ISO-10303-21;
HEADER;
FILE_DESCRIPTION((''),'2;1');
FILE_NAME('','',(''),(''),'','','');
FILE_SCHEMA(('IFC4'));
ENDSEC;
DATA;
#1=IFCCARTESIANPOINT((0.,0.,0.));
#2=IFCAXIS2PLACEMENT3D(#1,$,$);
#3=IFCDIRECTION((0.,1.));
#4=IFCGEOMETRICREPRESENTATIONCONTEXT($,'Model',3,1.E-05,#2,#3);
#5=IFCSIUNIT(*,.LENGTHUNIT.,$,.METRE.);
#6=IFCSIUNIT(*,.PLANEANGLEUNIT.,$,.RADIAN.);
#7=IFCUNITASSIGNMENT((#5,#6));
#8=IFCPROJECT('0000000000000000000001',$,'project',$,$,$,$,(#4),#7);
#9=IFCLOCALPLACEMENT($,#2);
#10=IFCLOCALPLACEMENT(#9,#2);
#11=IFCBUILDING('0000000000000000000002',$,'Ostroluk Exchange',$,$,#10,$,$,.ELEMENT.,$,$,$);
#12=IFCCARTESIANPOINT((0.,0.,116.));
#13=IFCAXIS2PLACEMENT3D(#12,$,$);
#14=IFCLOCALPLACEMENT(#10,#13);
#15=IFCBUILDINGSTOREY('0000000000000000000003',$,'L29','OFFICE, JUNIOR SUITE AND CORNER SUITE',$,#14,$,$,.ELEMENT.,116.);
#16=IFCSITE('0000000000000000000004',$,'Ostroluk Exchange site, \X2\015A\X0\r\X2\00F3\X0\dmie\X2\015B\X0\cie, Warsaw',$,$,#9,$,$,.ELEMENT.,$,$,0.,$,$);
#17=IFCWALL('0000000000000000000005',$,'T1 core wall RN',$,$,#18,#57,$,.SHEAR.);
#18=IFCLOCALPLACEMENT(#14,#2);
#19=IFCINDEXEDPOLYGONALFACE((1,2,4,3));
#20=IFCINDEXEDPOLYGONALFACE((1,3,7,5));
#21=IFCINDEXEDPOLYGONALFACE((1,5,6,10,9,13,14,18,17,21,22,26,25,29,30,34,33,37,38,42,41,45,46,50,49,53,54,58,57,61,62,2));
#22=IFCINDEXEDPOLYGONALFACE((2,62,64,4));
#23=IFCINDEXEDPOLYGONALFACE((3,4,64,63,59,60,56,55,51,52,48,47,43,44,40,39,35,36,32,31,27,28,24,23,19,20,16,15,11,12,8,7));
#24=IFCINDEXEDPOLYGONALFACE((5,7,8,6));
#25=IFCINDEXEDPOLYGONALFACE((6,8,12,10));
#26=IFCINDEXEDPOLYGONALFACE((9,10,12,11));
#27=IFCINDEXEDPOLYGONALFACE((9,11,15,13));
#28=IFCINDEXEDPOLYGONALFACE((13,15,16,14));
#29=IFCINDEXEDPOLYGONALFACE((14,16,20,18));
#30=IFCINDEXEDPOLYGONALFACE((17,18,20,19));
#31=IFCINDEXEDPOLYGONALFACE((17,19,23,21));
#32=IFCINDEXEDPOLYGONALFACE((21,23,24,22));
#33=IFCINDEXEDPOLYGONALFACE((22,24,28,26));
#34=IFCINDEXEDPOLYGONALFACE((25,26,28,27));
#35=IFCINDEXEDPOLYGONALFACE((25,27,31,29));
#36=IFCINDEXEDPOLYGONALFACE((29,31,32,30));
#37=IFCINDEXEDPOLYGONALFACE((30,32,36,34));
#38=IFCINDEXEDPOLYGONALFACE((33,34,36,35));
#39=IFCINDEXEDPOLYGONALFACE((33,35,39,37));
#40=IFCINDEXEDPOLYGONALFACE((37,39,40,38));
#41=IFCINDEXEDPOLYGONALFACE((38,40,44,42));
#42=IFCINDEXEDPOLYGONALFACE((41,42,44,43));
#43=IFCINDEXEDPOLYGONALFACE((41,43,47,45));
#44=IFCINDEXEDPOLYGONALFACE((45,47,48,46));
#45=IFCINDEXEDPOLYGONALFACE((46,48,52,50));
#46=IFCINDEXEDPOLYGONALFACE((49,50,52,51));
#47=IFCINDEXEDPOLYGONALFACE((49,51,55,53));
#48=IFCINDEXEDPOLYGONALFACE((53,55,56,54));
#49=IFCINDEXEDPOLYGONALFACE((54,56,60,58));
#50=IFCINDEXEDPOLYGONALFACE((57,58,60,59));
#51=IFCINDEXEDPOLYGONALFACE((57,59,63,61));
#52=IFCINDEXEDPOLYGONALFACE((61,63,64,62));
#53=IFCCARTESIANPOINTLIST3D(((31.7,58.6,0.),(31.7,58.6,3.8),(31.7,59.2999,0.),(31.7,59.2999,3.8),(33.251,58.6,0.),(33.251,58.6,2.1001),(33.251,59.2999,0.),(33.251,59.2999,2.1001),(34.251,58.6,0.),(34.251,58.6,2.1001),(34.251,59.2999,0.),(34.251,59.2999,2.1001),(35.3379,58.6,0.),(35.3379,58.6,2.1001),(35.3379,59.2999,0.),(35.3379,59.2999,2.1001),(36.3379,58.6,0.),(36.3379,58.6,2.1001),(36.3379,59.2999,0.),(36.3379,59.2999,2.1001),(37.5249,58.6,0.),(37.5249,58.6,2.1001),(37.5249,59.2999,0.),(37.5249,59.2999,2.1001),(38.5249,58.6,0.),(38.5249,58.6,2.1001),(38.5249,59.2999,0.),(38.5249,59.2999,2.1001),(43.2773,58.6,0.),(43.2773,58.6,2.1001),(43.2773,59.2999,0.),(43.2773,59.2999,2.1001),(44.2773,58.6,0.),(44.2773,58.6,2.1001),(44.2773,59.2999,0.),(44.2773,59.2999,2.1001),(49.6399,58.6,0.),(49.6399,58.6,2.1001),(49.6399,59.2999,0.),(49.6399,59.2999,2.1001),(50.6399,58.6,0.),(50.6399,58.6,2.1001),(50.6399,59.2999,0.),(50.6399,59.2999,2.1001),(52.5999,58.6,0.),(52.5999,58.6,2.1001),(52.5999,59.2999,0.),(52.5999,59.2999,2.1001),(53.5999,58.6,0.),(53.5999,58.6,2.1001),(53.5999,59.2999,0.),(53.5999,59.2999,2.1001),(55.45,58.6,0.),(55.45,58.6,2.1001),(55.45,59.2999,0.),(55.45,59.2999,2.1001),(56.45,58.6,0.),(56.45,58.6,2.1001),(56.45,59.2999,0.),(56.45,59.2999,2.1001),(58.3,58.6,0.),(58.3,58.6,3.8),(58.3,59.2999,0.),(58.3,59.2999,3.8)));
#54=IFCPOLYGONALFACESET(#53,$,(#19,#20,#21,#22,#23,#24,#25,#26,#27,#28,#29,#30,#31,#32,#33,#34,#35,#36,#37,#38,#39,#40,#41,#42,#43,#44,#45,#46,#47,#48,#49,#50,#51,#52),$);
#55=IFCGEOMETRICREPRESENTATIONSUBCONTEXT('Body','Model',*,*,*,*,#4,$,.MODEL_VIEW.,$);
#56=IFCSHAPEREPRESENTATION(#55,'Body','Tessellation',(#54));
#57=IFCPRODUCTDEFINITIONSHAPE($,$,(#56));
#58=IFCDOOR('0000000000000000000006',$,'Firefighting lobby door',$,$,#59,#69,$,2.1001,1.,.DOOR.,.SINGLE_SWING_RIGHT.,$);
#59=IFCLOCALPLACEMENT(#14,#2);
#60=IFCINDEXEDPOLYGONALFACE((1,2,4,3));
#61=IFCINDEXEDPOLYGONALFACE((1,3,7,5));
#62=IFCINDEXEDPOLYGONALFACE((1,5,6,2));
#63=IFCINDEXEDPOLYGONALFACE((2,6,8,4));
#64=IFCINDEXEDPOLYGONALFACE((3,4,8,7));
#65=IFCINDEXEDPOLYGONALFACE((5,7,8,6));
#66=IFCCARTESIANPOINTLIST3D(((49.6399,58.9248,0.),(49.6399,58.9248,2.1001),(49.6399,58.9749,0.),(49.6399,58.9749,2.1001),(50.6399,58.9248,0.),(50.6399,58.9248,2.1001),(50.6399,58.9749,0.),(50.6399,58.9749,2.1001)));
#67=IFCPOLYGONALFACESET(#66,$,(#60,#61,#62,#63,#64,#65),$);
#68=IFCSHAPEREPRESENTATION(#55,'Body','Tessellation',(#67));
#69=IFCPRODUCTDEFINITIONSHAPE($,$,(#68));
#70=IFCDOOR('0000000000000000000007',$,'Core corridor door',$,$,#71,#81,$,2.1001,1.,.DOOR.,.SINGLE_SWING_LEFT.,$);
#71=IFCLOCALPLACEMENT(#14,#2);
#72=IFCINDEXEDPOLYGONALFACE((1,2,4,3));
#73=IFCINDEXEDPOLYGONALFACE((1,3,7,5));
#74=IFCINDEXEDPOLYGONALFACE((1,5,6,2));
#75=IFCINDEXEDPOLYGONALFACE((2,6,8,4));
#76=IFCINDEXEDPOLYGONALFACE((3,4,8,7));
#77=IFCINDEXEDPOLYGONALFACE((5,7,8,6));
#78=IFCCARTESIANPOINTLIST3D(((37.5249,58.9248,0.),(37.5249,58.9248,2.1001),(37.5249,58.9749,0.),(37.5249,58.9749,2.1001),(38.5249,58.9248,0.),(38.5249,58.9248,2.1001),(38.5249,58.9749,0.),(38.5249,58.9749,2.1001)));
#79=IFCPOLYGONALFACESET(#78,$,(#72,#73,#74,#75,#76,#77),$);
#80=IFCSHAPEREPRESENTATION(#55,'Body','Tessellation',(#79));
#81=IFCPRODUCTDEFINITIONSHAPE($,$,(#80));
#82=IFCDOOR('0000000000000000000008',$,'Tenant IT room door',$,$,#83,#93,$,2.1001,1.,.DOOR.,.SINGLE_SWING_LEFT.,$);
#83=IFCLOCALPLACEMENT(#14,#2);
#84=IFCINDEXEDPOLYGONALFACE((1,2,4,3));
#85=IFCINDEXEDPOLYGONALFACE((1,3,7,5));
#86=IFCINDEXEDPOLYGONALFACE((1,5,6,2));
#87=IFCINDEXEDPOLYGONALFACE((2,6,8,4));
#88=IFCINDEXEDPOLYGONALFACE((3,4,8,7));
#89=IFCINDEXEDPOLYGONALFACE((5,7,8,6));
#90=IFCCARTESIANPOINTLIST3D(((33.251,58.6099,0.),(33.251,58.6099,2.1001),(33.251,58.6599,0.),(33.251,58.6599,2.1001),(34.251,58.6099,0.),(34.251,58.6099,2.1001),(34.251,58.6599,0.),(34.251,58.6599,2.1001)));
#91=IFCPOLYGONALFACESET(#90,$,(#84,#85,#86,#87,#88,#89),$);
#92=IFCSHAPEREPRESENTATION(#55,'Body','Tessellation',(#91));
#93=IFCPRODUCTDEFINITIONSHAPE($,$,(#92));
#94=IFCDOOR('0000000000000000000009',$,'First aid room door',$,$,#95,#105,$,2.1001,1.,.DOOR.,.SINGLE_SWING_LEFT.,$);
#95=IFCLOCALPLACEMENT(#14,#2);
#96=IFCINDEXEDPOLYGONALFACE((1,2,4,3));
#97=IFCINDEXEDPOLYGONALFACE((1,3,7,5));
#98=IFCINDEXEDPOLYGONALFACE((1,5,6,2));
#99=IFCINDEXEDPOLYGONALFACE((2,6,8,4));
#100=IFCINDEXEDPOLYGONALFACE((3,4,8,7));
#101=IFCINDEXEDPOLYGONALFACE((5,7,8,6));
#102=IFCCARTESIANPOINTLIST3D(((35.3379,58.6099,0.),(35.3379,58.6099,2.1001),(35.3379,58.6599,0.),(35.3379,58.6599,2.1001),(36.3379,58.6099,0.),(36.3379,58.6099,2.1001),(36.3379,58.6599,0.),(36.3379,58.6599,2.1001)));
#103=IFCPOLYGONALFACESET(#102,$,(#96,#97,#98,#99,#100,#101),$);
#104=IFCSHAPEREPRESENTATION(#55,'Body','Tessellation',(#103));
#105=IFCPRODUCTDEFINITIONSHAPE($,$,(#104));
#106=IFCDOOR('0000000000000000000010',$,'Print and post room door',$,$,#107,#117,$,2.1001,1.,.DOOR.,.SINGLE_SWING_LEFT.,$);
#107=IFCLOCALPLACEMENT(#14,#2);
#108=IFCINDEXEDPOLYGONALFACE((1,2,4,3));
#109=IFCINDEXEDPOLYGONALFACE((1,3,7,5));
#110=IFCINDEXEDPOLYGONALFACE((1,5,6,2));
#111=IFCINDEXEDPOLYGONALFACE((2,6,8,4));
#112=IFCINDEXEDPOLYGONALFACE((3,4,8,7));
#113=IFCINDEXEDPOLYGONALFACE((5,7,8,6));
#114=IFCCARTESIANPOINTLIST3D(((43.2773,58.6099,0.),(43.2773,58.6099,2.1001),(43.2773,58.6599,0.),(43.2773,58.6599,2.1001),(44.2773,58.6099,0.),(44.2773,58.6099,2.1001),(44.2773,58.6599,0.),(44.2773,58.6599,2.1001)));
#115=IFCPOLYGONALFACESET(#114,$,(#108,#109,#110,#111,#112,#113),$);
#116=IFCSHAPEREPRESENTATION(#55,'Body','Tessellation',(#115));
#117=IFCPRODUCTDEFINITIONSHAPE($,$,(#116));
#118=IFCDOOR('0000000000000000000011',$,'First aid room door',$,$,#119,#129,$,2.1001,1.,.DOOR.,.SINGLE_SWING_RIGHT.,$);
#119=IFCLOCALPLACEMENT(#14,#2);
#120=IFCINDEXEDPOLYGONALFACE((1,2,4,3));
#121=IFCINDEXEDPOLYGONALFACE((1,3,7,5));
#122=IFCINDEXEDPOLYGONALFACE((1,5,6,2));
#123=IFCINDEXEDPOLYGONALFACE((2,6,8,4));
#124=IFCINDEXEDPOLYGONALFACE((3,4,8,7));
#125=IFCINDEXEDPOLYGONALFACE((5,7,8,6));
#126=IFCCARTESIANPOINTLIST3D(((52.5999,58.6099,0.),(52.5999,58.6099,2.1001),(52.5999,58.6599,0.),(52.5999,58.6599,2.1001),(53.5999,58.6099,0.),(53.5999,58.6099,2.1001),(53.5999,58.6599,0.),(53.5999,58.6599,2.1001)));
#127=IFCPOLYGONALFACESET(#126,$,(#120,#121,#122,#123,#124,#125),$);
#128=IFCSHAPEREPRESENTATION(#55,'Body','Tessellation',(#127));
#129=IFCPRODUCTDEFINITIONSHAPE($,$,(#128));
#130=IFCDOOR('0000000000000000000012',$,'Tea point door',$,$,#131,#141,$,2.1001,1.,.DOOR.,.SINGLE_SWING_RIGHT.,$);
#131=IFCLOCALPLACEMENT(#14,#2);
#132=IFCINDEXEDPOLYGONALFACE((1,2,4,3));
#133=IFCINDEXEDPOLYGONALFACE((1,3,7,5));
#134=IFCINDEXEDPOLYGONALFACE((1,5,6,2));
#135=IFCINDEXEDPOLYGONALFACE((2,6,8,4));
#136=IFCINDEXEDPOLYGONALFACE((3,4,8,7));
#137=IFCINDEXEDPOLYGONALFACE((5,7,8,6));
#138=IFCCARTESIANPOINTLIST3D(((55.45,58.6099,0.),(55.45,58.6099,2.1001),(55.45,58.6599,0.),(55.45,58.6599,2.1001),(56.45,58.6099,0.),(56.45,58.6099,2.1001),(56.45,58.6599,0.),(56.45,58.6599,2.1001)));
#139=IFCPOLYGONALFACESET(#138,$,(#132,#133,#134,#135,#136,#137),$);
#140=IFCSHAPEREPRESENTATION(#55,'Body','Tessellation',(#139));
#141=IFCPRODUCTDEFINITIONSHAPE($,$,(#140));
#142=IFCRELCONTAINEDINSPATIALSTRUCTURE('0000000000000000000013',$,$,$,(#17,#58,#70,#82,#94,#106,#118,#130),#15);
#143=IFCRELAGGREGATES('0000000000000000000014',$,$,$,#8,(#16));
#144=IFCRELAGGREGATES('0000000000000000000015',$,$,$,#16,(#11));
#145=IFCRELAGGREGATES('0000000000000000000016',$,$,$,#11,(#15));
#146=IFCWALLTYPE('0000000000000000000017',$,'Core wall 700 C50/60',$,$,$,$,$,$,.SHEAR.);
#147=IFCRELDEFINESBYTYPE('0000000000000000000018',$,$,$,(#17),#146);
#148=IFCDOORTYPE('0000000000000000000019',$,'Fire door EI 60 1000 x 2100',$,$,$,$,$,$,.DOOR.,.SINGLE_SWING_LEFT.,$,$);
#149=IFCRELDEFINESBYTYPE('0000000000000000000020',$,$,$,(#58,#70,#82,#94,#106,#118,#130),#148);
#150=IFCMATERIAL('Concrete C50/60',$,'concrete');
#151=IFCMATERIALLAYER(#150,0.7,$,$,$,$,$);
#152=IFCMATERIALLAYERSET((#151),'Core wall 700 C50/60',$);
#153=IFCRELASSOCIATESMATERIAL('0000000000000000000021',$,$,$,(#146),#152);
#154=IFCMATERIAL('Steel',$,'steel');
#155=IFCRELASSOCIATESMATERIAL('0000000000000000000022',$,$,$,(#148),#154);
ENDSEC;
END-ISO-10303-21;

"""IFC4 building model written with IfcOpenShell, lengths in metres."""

from ifc_helpers import new_model, si_unit, direction, frame, frame_2d, origin, place, context, subcontext, project, spatial, rectangle, extrude, material, layer, layer_set, type_object, element, fill, save


model = new_model("IFC4")

# Units and contexts
model_context = context("Model", 3, precision=1e-05, world=origin(), true_north=direction((0.0, 1.0)))
body_context = subcontext(model_context, "Body", "Model", "MODEL_VIEW")
ifc_project = project(units=[si_unit("LENGTHUNIT", "METRE"), si_unit("PLANEANGLEUNIT", "RADIAN")], contexts=[model_context])

# Site, building, storey
site_placement = place(None, origin())
site = spatial("IfcSite", under=ifc_project, at=site_placement, Name="Ostroluk Exchange site, Śródmieście, Warsaw", CompositionType="ELEMENT", RefElevation=0.0)
building_placement = place(site_placement, origin())
building = spatial("IfcBuilding", under=site, at=building_placement, Name="Ostroluk Exchange", CompositionType="ELEMENT")
storey_placement = place(building_placement, frame((0.0, 0.0, 116.0)))
storey = spatial("IfcBuildingStorey", under=building, at=storey_placement, Name="L29", Description="OFFICE, JUNIOR SUITE AND CORNER SUITE", CompositionType="ELEMENT", Elevation=116.0)

# Wall, openings, doors
ifc_material_1 = material(Name="Concrete C50/60", Category="concrete")
ifc_layer_1 = layer(ifc_material_1, 0.7)
ifc_layer_set_1 = layer_set([ifc_layer_1], Name="Core wall 700 C50/60")
wall_type_1 = type_object("IfcWallType", Name="Core wall 700 C50/60", PredefinedType="SHEAR", material=ifc_layer_set_1)
wall_1_placement = place(storey_placement, frame((31.7, 58.95, 0.0), z_axis=(0.0, 0.0, 1.0), x_axis=(1.0, 0.0, 0.0)))
wall_1 = element("IfcWall", 1, at=wall_1_placement, inside=storey, type_object=wall_type_1, Name="T1 core wall RN", PredefinedType="SHEAR", context=body_context, shape_type="SweptSolid", body=[
    extrude(rectangle(XDim=26.6001, YDim=0.7, at=frame_2d((13.3, 0.0))), origin(), (0.0, 0.0, 1.0), 3.8),
])
opening_1_placement = place(wall_1_placement, frame((17.9399, 0.0, 0.0)))
opening_1 = element("IfcOpeningElement", 2, at=opening_1_placement, cuts=wall_1, PredefinedType="OPENING", context=body_context, shape_type="SweptSolid", body=[
    extrude(rectangle(XDim=1.0, YDim=2.1001, at=frame_2d((0.5, 1.05))), frame((0.0, 0.3599, 0.0), z_axis=(0.0, -1.0, 0.0), x_axis=(1.0, 0.0, 0.0)), (0.0, 0.0, 1.0), 0.72),
])
opening_2_placement = place(wall_1_placement, frame((5.825, 0.0, 0.0)))
opening_2 = element("IfcOpeningElement", 3, at=opening_2_placement, cuts=wall_1, PredefinedType="OPENING", context=body_context, shape_type="SweptSolid", body=[
    extrude(rectangle(XDim=1.0, YDim=2.1001, at=frame_2d((0.5, 1.05))), frame((0.0, 0.3599, 0.0), z_axis=(0.0, -1.0, 0.0), x_axis=(1.0, 0.0, 0.0)), (0.0, 0.0, 1.0), 0.72),
])
opening_3_placement = place(wall_1_placement, frame((1.551, 0.0, 0.0)))
opening_3 = element("IfcOpeningElement", 4, at=opening_3_placement, cuts=wall_1, PredefinedType="OPENING", context=body_context, shape_type="SweptSolid", body=[
    extrude(rectangle(XDim=1.0, YDim=2.1001, at=frame_2d((0.5, 1.05))), frame((0.0, 0.3599, 0.0), z_axis=(0.0, -1.0, 0.0), x_axis=(1.0, 0.0, 0.0)), (0.0, 0.0, 1.0), 0.72),
])
opening_4_placement = place(wall_1_placement, frame((3.6379, 0.0, 0.0)))
opening_4 = element("IfcOpeningElement", 5, at=opening_4_placement, cuts=wall_1, PredefinedType="OPENING", context=body_context, shape_type="SweptSolid", body=[
    extrude(rectangle(XDim=1.0, YDim=2.1001, at=frame_2d((0.5, 1.05))), frame((0.0, 0.3599, 0.0), z_axis=(0.0, -1.0, 0.0), x_axis=(1.0, 0.0, 0.0)), (0.0, 0.0, 1.0), 0.72),
])
opening_5_placement = place(wall_1_placement, frame((11.5774, 0.0, 0.0)))
opening_5 = element("IfcOpeningElement", 6, at=opening_5_placement, cuts=wall_1, PredefinedType="OPENING", context=body_context, shape_type="SweptSolid", body=[
    extrude(rectangle(XDim=1.0, YDim=2.1001, at=frame_2d((0.5, 1.05))), frame((0.0, 0.3599, 0.0), z_axis=(0.0, -1.0, 0.0), x_axis=(1.0, 0.0, 0.0)), (0.0, 0.0, 1.0), 0.72),
])
opening_6_placement = place(wall_1_placement, frame((20.8999, 0.0, 0.0)))
opening_6 = element("IfcOpeningElement", 7, at=opening_6_placement, cuts=wall_1, PredefinedType="OPENING", context=body_context, shape_type="SweptSolid", body=[
    extrude(rectangle(XDim=1.0, YDim=2.1001, at=frame_2d((0.5, 1.05))), frame((0.0, 0.3599, 0.0), z_axis=(0.0, -1.0, 0.0), x_axis=(1.0, 0.0, 0.0)), (0.0, 0.0, 1.0), 0.72),
])
opening_7_placement = place(wall_1_placement, frame((23.75, 0.0, 0.0)))
opening_7 = element("IfcOpeningElement", 8, at=opening_7_placement, cuts=wall_1, PredefinedType="OPENING", context=body_context, shape_type="SweptSolid", body=[
    extrude(rectangle(XDim=1.0, YDim=2.1001, at=frame_2d((0.5, 1.05))), frame((0.0, 0.3599, 0.0), z_axis=(0.0, -1.0, 0.0), x_axis=(1.0, 0.0, 0.0)), (0.0, 0.0, 1.0), 0.72),
])
ifc_material_2 = material(Name="Steel", Category="steel")
door_type_1 = type_object("IfcDoorType", Name="Fire door EI 60 1000 x 2100", OperationType="SINGLE_SWING_LEFT", PredefinedType="DOOR", material=ifc_material_2)
door_1_placement = place(opening_1_placement, origin())
door_1 = element("IfcDoor", 9, at=door_1_placement, inside=storey, type_object=door_type_1, Name="Firefighting lobby door", OperationType="SINGLE_SWING_RIGHT", OverallHeight=2.1001, OverallWidth=1.0, PredefinedType="DOOR", context=body_context, shape_type="SweptSolid", body=[
    extrude(rectangle(XDim=1.0, YDim=2.1001, at=frame_2d((0.5, 1.05))), frame((0.0, 0.0249, 0.0), z_axis=(0.0, -1.0, 0.0), x_axis=(1.0, 0.0, 0.0)), (0.0, 0.0, 1.0), 0.05),
])
fill(opening_1, door_1)
door_2_placement = place(opening_2_placement, origin())
door_2 = element("IfcDoor", 10, at=door_2_placement, inside=storey, type_object=door_type_1, Name="Core corridor door", OperationType="SINGLE_SWING_LEFT", OverallHeight=2.1001, OverallWidth=1.0, PredefinedType="DOOR", context=body_context, shape_type="SweptSolid", body=[
    extrude(rectangle(XDim=1.0, YDim=2.1001, at=frame_2d((0.5, 1.05))), frame((0.0, 0.0249, 0.0), z_axis=(0.0, -1.0, 0.0), x_axis=(1.0, 0.0, 0.0)), (0.0, 0.0, 1.0), 0.05),
])
fill(opening_2, door_2)
door_3_placement = place(opening_3_placement, origin())
door_3 = element("IfcDoor", 11, at=door_3_placement, inside=storey, type_object=door_type_1, Name="Tenant IT room door", OperationType="SINGLE_SWING_LEFT", OverallHeight=2.1001, OverallWidth=1.0, PredefinedType="DOOR", context=body_context, shape_type="SweptSolid", body=[
    extrude(rectangle(XDim=1.0, YDim=2.1001, at=frame_2d((0.5, 1.05))), frame((0.0, -0.29, 0.0), z_axis=(0.0, -1.0, 0.0), x_axis=(1.0, 0.0, 0.0)), (0.0, 0.0, 1.0), 0.05),
])
fill(opening_3, door_3)
door_4_placement = place(opening_4_placement, origin())
door_4 = element("IfcDoor", 12, at=door_4_placement, inside=storey, type_object=door_type_1, Name="First aid room door", OperationType="SINGLE_SWING_LEFT", OverallHeight=2.1001, OverallWidth=1.0, PredefinedType="DOOR", context=body_context, shape_type="SweptSolid", body=[
    extrude(rectangle(XDim=1.0, YDim=2.1001, at=frame_2d((0.5, 1.05))), frame((0.0, -0.29, 0.0), z_axis=(0.0, -1.0, 0.0), x_axis=(1.0, 0.0, 0.0)), (0.0, 0.0, 1.0), 0.05),
])
fill(opening_4, door_4)
door_5_placement = place(opening_5_placement, origin())
door_5 = element("IfcDoor", 13, at=door_5_placement, inside=storey, type_object=door_type_1, Name="Print and post room door", OperationType="SINGLE_SWING_LEFT", OverallHeight=2.1001, OverallWidth=1.0, PredefinedType="DOOR", context=body_context, shape_type="SweptSolid", body=[
    extrude(rectangle(XDim=1.0, YDim=2.1001, at=frame_2d((0.5, 1.05))), frame((0.0, -0.29, 0.0), z_axis=(0.0, -1.0, 0.0), x_axis=(1.0, 0.0, 0.0)), (0.0, 0.0, 1.0), 0.05),
])
fill(opening_5, door_5)
door_6_placement = place(opening_6_placement, origin())
door_6 = element("IfcDoor", 14, at=door_6_placement, inside=storey, type_object=door_type_1, Name="First aid room door", OperationType="SINGLE_SWING_RIGHT", OverallHeight=2.1001, OverallWidth=1.0, PredefinedType="DOOR", context=body_context, shape_type="SweptSolid", body=[
    extrude(rectangle(XDim=1.0, YDim=2.1001, at=frame_2d((0.5, 1.05))), frame((0.0, -0.29, 0.0), z_axis=(0.0, -1.0, 0.0), x_axis=(1.0, 0.0, 0.0)), (0.0, 0.0, 1.0), 0.05),
])
fill(opening_6, door_6)
door_7_placement = place(opening_7_placement, origin())
door_7 = element("IfcDoor", 15, at=door_7_placement, inside=storey, type_object=door_type_1, Name="Tea point door", OperationType="SINGLE_SWING_RIGHT", OverallHeight=2.1001, OverallWidth=1.0, PredefinedType="DOOR", context=body_context, shape_type="SweptSolid", body=[
    extrude(rectangle(XDim=1.0, YDim=2.1001, at=frame_2d((0.5, 1.05))), frame((0.0, -0.29, 0.0), z_axis=(0.0, -1.0, 0.0), x_axis=(1.0, 0.0, 0.0)), (0.0, 0.0, 1.0), 0.05),
])
fill(opening_7, door_7)

save(model, "model.ifc")
